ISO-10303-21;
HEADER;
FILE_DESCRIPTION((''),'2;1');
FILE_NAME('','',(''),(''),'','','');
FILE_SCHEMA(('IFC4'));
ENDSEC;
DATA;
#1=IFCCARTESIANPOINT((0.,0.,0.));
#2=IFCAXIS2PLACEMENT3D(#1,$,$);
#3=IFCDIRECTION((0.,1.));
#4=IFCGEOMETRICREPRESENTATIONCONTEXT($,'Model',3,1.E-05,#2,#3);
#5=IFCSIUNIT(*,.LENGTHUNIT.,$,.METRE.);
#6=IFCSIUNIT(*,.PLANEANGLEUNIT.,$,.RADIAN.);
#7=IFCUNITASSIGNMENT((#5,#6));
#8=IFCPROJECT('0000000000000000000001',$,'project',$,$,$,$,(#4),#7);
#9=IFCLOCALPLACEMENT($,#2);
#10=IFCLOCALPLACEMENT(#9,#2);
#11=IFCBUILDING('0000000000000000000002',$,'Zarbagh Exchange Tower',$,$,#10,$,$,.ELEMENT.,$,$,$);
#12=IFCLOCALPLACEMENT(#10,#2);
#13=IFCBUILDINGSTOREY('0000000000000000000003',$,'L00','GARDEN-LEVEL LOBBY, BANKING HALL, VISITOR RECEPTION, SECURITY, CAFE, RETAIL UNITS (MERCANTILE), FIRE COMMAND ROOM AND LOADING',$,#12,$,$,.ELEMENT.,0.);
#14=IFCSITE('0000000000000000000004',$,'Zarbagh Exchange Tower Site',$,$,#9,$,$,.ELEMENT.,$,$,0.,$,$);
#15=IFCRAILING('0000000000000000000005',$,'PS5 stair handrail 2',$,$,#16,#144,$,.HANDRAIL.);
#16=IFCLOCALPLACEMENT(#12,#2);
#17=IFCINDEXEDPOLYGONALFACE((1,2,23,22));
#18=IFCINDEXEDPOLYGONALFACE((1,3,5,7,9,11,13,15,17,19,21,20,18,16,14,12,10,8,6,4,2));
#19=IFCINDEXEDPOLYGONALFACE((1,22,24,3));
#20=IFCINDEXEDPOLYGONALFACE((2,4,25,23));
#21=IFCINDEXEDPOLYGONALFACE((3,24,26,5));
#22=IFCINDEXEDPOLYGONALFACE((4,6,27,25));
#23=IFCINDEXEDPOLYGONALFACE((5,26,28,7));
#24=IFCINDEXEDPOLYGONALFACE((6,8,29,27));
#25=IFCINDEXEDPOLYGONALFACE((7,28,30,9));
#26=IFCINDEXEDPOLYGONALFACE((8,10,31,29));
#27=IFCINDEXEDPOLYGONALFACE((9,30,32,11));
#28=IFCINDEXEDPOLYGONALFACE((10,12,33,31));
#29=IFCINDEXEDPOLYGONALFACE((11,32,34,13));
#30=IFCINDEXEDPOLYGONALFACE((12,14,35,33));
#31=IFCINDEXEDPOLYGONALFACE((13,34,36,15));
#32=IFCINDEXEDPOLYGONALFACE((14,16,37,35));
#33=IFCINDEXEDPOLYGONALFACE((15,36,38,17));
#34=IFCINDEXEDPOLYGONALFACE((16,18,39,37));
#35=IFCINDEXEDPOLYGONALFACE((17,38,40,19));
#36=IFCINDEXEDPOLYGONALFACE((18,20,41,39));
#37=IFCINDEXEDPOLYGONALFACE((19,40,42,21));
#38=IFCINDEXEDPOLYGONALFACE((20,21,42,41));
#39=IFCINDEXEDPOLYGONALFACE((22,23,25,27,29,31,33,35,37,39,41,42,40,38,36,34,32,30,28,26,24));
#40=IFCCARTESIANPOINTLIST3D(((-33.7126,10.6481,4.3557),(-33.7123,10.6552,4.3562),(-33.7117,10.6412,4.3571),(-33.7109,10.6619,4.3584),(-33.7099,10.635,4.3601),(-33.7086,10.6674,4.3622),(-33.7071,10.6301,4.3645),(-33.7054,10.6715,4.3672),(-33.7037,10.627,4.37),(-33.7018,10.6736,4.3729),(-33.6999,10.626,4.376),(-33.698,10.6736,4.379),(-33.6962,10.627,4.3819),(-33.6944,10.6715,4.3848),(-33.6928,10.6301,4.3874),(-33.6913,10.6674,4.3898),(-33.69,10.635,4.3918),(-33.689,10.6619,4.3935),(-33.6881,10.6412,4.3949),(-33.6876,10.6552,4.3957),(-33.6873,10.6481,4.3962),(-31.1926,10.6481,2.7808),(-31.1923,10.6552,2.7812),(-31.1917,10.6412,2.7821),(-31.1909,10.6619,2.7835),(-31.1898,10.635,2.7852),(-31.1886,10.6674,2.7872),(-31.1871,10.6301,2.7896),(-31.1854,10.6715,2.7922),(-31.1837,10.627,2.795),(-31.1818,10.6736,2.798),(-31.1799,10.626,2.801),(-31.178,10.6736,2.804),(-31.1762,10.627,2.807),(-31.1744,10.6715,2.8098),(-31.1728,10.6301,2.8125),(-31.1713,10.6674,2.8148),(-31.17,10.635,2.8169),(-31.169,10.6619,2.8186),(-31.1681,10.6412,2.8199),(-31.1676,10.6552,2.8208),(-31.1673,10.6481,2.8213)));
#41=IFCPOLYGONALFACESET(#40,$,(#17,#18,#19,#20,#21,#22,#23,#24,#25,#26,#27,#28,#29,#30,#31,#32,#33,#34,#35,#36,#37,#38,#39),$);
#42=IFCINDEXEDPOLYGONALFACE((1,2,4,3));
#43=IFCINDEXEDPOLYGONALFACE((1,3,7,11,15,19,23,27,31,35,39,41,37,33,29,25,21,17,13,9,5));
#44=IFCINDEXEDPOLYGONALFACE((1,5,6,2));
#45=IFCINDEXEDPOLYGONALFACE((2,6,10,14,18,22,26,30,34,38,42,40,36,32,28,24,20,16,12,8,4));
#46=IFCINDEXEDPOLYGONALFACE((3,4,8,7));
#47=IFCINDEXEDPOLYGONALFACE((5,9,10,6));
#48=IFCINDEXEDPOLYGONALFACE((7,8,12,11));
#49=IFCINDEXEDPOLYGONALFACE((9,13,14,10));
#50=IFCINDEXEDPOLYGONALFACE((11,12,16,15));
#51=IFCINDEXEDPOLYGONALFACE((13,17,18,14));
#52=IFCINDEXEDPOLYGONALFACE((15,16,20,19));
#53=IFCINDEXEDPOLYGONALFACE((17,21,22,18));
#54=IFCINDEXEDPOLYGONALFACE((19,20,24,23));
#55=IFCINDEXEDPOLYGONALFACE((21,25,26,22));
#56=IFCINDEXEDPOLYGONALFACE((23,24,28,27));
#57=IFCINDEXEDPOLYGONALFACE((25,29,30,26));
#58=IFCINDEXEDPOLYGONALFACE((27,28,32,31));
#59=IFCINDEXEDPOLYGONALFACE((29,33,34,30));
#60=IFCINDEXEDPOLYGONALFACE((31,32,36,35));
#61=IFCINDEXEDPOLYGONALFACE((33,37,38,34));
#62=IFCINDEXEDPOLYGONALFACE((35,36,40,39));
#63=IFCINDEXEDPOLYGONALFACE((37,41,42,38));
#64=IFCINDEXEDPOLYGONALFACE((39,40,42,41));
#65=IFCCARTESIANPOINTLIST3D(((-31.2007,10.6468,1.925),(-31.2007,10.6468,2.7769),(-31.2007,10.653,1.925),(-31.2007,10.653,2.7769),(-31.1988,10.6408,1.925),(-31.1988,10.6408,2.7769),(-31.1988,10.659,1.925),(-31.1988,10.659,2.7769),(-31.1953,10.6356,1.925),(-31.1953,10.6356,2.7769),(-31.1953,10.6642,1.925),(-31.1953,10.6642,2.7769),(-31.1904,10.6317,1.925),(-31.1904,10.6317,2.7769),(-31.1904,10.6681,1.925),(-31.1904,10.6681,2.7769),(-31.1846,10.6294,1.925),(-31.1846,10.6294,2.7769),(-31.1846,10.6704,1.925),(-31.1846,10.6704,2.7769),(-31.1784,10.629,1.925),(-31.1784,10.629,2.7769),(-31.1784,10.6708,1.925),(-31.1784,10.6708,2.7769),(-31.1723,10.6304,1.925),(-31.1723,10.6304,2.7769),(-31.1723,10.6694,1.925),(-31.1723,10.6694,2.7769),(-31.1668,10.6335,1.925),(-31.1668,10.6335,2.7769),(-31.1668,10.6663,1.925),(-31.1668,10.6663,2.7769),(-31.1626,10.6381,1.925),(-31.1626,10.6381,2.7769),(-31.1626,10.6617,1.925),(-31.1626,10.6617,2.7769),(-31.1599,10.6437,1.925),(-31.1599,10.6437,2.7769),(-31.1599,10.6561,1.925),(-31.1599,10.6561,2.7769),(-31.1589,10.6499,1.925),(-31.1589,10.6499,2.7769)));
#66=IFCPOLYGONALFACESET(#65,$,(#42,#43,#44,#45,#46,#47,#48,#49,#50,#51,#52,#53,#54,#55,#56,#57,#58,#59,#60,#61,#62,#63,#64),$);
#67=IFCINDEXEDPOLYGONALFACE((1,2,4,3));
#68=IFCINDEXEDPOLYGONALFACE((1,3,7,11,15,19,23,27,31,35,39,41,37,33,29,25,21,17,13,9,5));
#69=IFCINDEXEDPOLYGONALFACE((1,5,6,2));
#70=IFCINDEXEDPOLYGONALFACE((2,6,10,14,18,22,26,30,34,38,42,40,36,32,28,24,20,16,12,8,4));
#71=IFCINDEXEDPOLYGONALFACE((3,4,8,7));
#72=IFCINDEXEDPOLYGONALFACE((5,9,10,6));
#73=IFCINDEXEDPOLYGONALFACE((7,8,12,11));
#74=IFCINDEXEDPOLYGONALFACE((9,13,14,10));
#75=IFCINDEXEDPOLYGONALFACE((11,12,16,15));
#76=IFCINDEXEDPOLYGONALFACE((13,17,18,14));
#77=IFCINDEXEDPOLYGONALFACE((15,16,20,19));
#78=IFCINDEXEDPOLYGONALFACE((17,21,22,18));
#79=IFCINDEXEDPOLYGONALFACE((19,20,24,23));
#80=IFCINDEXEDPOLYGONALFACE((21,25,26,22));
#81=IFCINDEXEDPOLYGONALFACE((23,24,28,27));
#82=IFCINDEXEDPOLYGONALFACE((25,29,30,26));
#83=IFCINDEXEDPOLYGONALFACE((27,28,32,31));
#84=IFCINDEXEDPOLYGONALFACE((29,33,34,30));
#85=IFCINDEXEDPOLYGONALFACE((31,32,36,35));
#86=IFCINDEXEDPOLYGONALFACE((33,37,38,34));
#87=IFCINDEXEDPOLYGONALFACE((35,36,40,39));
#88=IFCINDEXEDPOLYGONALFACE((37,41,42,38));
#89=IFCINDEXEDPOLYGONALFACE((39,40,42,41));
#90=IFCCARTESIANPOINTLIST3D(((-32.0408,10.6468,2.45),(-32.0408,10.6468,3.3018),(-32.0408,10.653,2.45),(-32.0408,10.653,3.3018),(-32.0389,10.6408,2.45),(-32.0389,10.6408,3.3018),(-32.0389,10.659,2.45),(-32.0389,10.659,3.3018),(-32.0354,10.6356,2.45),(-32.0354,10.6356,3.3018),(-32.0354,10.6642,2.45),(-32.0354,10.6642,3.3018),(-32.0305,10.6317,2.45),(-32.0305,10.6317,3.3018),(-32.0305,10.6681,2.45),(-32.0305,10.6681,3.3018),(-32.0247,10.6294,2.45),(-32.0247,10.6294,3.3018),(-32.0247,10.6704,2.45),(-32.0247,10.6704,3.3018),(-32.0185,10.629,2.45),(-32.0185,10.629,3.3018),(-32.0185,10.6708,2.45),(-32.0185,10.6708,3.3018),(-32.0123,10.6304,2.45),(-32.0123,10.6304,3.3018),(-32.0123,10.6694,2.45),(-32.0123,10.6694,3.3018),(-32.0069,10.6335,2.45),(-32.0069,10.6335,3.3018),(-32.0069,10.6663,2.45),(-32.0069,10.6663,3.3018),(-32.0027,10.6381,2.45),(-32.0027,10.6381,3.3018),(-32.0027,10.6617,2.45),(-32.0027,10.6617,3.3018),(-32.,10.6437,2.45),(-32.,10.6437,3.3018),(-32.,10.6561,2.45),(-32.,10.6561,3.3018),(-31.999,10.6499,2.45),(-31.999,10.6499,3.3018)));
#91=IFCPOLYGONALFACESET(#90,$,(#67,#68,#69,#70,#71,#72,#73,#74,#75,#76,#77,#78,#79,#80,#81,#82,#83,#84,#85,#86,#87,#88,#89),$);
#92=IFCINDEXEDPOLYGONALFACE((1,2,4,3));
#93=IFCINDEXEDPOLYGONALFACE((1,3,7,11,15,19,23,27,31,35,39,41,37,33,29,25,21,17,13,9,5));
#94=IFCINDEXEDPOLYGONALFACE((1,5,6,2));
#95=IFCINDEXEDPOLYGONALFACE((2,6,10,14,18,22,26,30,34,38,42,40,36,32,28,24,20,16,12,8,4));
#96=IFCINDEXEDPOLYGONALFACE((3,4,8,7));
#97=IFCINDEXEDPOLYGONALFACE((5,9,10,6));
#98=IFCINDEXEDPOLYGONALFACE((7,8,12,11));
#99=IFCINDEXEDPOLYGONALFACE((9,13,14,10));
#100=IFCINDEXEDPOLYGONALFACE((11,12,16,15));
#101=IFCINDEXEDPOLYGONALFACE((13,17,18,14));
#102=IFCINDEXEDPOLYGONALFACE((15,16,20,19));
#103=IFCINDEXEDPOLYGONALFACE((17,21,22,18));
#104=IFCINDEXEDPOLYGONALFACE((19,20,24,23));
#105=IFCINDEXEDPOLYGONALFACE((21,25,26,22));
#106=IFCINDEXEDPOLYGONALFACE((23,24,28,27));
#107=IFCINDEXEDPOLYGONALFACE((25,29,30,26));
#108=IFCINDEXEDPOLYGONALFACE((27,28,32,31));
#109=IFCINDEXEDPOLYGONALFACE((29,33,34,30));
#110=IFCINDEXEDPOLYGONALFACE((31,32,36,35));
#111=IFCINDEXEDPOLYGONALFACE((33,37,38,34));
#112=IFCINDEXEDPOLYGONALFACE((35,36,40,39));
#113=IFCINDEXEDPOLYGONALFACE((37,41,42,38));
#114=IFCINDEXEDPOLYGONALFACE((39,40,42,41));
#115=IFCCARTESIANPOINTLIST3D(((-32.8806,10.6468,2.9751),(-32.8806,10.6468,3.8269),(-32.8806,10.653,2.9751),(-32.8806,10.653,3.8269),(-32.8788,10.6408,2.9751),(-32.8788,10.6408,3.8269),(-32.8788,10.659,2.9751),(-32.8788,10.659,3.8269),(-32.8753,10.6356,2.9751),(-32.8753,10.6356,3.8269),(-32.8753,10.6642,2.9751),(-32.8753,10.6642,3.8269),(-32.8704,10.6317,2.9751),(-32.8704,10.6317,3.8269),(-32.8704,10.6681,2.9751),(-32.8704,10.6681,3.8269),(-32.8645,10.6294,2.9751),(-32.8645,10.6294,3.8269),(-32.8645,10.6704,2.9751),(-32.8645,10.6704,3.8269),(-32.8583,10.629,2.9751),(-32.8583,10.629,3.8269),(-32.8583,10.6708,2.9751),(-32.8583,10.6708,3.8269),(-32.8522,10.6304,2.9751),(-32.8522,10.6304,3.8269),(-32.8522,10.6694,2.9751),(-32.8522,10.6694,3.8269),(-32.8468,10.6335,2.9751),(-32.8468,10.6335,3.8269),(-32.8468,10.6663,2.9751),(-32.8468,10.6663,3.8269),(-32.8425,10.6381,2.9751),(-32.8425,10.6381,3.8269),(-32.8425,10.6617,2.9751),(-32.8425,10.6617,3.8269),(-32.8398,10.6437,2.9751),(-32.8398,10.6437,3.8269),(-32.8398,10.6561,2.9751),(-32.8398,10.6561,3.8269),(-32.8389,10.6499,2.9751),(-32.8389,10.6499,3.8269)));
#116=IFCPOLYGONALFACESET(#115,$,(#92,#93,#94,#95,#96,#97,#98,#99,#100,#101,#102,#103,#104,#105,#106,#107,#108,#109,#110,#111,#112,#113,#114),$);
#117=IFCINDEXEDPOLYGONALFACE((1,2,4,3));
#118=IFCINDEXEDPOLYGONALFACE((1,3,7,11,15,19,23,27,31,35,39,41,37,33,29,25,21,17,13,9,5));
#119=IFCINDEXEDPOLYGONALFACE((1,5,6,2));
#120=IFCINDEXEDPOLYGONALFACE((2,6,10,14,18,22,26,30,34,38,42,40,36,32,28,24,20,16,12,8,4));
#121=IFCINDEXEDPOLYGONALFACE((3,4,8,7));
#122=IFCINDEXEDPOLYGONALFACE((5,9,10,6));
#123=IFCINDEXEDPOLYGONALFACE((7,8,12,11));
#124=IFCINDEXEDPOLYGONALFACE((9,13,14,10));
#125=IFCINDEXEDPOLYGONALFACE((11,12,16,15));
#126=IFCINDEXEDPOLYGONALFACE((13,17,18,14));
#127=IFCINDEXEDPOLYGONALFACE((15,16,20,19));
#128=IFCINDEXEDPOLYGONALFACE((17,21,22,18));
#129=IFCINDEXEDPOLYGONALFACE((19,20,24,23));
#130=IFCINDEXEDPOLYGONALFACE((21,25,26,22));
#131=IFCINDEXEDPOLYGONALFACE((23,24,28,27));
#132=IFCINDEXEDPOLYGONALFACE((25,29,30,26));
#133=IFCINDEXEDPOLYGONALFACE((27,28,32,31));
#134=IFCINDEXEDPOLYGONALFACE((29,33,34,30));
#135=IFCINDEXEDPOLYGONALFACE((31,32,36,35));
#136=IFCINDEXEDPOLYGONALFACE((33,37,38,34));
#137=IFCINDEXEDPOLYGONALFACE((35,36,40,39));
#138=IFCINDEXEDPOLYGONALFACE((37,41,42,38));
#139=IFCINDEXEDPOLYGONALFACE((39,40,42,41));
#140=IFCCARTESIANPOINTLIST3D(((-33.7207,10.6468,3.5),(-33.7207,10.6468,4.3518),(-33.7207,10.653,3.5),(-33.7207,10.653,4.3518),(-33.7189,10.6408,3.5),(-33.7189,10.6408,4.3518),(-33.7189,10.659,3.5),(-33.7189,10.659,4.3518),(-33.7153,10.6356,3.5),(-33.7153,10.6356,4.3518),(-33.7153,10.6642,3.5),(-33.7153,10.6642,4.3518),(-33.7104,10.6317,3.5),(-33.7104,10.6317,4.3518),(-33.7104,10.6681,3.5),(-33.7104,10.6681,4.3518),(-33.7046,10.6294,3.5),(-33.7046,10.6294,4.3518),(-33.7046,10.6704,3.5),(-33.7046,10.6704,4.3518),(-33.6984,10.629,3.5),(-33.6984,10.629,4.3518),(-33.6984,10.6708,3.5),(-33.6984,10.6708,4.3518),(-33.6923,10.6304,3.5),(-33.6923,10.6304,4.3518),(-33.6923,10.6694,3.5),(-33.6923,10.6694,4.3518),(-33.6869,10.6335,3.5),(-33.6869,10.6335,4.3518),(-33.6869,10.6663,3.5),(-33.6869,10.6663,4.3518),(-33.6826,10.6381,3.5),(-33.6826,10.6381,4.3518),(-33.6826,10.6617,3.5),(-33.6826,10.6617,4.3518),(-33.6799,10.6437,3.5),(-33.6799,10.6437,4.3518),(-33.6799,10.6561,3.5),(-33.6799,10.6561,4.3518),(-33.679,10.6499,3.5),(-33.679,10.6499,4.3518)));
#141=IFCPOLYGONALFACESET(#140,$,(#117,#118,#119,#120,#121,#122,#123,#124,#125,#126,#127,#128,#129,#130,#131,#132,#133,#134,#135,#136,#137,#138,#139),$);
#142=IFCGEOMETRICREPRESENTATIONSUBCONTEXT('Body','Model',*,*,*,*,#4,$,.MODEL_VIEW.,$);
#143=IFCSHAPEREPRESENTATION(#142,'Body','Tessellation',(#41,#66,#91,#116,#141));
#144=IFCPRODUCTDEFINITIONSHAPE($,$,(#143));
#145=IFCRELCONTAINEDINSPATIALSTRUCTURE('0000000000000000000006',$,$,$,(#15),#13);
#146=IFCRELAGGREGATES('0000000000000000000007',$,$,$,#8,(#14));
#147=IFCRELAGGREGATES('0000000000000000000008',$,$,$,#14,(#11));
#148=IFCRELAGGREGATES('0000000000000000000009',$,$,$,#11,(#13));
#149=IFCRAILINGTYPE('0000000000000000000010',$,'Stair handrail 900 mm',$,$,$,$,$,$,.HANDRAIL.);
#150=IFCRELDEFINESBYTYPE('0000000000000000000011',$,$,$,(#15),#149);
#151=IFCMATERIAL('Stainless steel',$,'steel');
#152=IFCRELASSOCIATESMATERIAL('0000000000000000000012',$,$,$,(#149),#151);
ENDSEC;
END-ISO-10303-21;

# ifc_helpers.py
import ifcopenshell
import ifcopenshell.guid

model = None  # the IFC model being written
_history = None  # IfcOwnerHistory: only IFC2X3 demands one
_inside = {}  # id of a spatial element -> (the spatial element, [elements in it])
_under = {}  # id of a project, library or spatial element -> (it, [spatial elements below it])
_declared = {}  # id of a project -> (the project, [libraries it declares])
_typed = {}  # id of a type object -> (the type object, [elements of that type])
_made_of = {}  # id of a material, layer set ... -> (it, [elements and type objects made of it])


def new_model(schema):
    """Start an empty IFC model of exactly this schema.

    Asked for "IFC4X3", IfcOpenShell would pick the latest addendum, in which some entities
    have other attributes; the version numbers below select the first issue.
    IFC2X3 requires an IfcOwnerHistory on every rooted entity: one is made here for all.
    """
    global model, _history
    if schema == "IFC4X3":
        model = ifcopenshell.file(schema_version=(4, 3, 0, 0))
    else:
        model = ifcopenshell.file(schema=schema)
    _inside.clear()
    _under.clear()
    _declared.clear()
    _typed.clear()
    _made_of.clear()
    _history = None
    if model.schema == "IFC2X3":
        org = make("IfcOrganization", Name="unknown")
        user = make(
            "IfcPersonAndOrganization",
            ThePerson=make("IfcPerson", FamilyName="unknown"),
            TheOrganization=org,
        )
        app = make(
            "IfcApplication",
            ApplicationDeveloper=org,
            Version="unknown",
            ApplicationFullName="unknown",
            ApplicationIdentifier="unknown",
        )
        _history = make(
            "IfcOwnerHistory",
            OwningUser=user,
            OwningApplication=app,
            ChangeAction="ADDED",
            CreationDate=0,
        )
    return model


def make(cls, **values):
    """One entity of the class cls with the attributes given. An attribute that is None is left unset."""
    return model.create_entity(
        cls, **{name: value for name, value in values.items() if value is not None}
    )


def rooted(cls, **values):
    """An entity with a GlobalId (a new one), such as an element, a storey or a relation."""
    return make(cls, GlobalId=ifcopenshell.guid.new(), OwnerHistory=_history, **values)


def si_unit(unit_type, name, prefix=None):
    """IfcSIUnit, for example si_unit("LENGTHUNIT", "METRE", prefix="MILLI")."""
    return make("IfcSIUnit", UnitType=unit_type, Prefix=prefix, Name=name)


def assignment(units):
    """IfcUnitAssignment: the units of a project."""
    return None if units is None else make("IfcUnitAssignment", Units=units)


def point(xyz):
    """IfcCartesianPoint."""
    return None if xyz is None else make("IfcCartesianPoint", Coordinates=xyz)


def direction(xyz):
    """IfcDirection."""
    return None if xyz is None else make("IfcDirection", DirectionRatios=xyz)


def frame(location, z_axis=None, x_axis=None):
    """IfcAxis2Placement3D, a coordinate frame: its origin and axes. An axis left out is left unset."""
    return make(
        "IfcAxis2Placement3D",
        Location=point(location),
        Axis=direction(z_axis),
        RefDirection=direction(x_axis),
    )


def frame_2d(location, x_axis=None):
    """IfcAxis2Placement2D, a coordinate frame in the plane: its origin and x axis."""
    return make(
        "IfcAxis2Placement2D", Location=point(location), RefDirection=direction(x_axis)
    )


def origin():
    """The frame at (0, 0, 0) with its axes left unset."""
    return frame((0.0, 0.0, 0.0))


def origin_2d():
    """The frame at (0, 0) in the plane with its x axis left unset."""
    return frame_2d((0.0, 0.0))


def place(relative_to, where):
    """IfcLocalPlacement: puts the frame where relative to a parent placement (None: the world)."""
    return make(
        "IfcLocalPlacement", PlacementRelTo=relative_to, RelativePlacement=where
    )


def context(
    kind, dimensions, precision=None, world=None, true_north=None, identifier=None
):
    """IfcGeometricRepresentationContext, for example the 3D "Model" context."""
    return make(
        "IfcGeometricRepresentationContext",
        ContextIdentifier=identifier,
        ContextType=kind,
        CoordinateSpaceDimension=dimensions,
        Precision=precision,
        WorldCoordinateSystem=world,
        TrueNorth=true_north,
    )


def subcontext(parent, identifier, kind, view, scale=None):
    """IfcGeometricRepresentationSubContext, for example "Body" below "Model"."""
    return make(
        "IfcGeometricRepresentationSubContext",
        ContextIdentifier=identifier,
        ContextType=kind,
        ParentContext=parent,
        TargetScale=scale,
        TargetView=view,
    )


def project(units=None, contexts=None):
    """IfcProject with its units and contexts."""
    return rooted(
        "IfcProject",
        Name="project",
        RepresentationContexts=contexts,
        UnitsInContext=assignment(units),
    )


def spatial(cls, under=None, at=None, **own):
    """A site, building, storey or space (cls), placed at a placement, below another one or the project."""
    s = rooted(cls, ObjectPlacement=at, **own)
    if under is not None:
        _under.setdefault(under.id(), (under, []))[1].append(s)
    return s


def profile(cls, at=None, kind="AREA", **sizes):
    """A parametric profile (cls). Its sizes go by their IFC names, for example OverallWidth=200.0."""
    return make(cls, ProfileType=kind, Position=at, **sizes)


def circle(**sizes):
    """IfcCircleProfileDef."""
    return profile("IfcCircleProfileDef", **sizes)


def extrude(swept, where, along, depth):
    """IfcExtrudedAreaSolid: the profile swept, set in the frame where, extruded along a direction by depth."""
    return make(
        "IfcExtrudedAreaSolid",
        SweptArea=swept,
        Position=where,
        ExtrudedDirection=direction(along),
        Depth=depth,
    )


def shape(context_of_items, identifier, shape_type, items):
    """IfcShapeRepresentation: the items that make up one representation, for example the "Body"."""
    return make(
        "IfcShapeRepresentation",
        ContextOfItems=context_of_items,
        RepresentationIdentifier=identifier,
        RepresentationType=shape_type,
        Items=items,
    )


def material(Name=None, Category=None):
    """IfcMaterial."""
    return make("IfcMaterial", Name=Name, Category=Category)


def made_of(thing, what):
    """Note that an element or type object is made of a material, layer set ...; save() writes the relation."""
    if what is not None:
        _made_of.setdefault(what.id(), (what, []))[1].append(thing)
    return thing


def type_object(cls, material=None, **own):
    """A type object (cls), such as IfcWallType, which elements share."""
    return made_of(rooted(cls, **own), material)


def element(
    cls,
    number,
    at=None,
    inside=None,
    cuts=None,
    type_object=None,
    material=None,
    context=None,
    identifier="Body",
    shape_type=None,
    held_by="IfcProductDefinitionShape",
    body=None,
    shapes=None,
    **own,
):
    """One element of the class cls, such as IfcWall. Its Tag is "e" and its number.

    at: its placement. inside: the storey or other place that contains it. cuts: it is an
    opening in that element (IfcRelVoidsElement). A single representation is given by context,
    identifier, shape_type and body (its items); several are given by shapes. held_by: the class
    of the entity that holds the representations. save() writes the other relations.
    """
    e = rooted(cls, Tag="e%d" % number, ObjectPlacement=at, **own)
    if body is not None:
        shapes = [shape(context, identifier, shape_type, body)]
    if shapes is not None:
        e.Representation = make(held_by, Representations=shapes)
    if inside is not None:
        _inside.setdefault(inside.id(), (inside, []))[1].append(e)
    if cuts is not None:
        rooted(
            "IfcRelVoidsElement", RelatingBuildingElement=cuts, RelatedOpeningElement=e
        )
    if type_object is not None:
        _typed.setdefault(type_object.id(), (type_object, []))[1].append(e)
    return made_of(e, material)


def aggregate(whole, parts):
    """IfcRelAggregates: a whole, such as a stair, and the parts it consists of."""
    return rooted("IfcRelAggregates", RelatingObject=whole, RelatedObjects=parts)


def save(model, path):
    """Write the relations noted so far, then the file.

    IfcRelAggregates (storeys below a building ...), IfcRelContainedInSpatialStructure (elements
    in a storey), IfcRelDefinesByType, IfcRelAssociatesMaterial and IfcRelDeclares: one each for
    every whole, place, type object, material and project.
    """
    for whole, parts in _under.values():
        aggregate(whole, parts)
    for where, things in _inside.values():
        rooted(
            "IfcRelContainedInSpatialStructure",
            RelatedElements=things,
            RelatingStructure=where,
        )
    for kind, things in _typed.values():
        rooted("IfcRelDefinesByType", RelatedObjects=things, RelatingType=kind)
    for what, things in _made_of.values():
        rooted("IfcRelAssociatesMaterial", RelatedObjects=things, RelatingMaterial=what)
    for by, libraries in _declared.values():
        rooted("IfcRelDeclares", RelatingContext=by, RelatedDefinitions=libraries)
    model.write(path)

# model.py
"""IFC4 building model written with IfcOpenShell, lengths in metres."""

from ifc_helpers import new_model, si_unit, direction, frame, origin, origin_2d, place, context, subcontext, project, spatial, circle, extrude, material, type_object, element, save


model = new_model("IFC4")

# Units and contexts
model_context = context("Model", 3, precision=1e-05, world=origin(), true_north=direction((0.0, 1.0)))
body_context = subcontext(model_context, "Body", "Model", "MODEL_VIEW")
ifc_project = project(units=[si_unit("LENGTHUNIT", "METRE"), si_unit("PLANEANGLEUNIT", "RADIAN")], contexts=[model_context])

# Site, building, storey
site_placement = place(None, origin())
site = spatial("IfcSite", under=ifc_project, at=site_placement, Name="Zarbagh Exchange Tower Site", CompositionType="ELEMENT", RefElevation=0.0)
building_placement = place(site_placement, origin())
building = spatial("IfcBuilding", under=site, at=building_placement, Name="Zarbagh Exchange Tower", CompositionType="ELEMENT")
storey_placement = place(building_placement, origin())
storey = spatial("IfcBuildingStorey", under=building, at=storey_placement, Name="L00", Description="GARDEN-LEVEL LOBBY, BANKING HALL, VISITOR RECEPTION, SECURITY, CAFE, RETAIL UNITS (MERCANTILE), FIRE COMMAND ROOM AND LOADING", CompositionType="ELEMENT", Elevation=0.0)

# Railing
ifc_material_1 = material(Name="Stainless steel", Category="steel")
railing_type_1 = type_object("IfcRailingType", Name="Stair handrail 900 mm", PredefinedType="HANDRAIL", material=ifc_material_1)
railing_1_placement = place(storey_placement, frame((-31.1799, 10.6499, 1.925)))
element("IfcRailing", 1, at=railing_1_placement, inside=storey, type_object=railing_type_1, Name="PS5 stair handrail 2", PredefinedType="HANDRAIL", context=body_context, shape_type="SweptSolid", body=[
    extrude(circle(Radius=0.0239, at=origin_2d()), frame((0.0, 0.0, 0.876), z_axis=(-0.848008, 0.0, 0.529984), x_axis=(0.0, -1.0, 0.0)), (0.0, 0.0, 1.0), 2.9717),
    extrude(circle(Radius=0.021, at=origin_2d()), origin(), (0.0, 0.0, 1.0), 0.8518),
    extrude(circle(Radius=0.021, at=origin_2d()), frame((-0.8401, 0.0, 0.5249)), (0.0, 0.0, 1.0), 0.8518),
    extrude(circle(Radius=0.021, at=origin_2d()), frame((-1.6799, 0.0, 1.05)), (0.0, 0.0, 1.0), 0.8518),
    extrude(circle(Radius=0.021, at=origin_2d()), frame((-2.52, 0.0, 1.575)), (0.0, 0.0, 1.0), 0.8518),
])

save(model, "model.ifc")
